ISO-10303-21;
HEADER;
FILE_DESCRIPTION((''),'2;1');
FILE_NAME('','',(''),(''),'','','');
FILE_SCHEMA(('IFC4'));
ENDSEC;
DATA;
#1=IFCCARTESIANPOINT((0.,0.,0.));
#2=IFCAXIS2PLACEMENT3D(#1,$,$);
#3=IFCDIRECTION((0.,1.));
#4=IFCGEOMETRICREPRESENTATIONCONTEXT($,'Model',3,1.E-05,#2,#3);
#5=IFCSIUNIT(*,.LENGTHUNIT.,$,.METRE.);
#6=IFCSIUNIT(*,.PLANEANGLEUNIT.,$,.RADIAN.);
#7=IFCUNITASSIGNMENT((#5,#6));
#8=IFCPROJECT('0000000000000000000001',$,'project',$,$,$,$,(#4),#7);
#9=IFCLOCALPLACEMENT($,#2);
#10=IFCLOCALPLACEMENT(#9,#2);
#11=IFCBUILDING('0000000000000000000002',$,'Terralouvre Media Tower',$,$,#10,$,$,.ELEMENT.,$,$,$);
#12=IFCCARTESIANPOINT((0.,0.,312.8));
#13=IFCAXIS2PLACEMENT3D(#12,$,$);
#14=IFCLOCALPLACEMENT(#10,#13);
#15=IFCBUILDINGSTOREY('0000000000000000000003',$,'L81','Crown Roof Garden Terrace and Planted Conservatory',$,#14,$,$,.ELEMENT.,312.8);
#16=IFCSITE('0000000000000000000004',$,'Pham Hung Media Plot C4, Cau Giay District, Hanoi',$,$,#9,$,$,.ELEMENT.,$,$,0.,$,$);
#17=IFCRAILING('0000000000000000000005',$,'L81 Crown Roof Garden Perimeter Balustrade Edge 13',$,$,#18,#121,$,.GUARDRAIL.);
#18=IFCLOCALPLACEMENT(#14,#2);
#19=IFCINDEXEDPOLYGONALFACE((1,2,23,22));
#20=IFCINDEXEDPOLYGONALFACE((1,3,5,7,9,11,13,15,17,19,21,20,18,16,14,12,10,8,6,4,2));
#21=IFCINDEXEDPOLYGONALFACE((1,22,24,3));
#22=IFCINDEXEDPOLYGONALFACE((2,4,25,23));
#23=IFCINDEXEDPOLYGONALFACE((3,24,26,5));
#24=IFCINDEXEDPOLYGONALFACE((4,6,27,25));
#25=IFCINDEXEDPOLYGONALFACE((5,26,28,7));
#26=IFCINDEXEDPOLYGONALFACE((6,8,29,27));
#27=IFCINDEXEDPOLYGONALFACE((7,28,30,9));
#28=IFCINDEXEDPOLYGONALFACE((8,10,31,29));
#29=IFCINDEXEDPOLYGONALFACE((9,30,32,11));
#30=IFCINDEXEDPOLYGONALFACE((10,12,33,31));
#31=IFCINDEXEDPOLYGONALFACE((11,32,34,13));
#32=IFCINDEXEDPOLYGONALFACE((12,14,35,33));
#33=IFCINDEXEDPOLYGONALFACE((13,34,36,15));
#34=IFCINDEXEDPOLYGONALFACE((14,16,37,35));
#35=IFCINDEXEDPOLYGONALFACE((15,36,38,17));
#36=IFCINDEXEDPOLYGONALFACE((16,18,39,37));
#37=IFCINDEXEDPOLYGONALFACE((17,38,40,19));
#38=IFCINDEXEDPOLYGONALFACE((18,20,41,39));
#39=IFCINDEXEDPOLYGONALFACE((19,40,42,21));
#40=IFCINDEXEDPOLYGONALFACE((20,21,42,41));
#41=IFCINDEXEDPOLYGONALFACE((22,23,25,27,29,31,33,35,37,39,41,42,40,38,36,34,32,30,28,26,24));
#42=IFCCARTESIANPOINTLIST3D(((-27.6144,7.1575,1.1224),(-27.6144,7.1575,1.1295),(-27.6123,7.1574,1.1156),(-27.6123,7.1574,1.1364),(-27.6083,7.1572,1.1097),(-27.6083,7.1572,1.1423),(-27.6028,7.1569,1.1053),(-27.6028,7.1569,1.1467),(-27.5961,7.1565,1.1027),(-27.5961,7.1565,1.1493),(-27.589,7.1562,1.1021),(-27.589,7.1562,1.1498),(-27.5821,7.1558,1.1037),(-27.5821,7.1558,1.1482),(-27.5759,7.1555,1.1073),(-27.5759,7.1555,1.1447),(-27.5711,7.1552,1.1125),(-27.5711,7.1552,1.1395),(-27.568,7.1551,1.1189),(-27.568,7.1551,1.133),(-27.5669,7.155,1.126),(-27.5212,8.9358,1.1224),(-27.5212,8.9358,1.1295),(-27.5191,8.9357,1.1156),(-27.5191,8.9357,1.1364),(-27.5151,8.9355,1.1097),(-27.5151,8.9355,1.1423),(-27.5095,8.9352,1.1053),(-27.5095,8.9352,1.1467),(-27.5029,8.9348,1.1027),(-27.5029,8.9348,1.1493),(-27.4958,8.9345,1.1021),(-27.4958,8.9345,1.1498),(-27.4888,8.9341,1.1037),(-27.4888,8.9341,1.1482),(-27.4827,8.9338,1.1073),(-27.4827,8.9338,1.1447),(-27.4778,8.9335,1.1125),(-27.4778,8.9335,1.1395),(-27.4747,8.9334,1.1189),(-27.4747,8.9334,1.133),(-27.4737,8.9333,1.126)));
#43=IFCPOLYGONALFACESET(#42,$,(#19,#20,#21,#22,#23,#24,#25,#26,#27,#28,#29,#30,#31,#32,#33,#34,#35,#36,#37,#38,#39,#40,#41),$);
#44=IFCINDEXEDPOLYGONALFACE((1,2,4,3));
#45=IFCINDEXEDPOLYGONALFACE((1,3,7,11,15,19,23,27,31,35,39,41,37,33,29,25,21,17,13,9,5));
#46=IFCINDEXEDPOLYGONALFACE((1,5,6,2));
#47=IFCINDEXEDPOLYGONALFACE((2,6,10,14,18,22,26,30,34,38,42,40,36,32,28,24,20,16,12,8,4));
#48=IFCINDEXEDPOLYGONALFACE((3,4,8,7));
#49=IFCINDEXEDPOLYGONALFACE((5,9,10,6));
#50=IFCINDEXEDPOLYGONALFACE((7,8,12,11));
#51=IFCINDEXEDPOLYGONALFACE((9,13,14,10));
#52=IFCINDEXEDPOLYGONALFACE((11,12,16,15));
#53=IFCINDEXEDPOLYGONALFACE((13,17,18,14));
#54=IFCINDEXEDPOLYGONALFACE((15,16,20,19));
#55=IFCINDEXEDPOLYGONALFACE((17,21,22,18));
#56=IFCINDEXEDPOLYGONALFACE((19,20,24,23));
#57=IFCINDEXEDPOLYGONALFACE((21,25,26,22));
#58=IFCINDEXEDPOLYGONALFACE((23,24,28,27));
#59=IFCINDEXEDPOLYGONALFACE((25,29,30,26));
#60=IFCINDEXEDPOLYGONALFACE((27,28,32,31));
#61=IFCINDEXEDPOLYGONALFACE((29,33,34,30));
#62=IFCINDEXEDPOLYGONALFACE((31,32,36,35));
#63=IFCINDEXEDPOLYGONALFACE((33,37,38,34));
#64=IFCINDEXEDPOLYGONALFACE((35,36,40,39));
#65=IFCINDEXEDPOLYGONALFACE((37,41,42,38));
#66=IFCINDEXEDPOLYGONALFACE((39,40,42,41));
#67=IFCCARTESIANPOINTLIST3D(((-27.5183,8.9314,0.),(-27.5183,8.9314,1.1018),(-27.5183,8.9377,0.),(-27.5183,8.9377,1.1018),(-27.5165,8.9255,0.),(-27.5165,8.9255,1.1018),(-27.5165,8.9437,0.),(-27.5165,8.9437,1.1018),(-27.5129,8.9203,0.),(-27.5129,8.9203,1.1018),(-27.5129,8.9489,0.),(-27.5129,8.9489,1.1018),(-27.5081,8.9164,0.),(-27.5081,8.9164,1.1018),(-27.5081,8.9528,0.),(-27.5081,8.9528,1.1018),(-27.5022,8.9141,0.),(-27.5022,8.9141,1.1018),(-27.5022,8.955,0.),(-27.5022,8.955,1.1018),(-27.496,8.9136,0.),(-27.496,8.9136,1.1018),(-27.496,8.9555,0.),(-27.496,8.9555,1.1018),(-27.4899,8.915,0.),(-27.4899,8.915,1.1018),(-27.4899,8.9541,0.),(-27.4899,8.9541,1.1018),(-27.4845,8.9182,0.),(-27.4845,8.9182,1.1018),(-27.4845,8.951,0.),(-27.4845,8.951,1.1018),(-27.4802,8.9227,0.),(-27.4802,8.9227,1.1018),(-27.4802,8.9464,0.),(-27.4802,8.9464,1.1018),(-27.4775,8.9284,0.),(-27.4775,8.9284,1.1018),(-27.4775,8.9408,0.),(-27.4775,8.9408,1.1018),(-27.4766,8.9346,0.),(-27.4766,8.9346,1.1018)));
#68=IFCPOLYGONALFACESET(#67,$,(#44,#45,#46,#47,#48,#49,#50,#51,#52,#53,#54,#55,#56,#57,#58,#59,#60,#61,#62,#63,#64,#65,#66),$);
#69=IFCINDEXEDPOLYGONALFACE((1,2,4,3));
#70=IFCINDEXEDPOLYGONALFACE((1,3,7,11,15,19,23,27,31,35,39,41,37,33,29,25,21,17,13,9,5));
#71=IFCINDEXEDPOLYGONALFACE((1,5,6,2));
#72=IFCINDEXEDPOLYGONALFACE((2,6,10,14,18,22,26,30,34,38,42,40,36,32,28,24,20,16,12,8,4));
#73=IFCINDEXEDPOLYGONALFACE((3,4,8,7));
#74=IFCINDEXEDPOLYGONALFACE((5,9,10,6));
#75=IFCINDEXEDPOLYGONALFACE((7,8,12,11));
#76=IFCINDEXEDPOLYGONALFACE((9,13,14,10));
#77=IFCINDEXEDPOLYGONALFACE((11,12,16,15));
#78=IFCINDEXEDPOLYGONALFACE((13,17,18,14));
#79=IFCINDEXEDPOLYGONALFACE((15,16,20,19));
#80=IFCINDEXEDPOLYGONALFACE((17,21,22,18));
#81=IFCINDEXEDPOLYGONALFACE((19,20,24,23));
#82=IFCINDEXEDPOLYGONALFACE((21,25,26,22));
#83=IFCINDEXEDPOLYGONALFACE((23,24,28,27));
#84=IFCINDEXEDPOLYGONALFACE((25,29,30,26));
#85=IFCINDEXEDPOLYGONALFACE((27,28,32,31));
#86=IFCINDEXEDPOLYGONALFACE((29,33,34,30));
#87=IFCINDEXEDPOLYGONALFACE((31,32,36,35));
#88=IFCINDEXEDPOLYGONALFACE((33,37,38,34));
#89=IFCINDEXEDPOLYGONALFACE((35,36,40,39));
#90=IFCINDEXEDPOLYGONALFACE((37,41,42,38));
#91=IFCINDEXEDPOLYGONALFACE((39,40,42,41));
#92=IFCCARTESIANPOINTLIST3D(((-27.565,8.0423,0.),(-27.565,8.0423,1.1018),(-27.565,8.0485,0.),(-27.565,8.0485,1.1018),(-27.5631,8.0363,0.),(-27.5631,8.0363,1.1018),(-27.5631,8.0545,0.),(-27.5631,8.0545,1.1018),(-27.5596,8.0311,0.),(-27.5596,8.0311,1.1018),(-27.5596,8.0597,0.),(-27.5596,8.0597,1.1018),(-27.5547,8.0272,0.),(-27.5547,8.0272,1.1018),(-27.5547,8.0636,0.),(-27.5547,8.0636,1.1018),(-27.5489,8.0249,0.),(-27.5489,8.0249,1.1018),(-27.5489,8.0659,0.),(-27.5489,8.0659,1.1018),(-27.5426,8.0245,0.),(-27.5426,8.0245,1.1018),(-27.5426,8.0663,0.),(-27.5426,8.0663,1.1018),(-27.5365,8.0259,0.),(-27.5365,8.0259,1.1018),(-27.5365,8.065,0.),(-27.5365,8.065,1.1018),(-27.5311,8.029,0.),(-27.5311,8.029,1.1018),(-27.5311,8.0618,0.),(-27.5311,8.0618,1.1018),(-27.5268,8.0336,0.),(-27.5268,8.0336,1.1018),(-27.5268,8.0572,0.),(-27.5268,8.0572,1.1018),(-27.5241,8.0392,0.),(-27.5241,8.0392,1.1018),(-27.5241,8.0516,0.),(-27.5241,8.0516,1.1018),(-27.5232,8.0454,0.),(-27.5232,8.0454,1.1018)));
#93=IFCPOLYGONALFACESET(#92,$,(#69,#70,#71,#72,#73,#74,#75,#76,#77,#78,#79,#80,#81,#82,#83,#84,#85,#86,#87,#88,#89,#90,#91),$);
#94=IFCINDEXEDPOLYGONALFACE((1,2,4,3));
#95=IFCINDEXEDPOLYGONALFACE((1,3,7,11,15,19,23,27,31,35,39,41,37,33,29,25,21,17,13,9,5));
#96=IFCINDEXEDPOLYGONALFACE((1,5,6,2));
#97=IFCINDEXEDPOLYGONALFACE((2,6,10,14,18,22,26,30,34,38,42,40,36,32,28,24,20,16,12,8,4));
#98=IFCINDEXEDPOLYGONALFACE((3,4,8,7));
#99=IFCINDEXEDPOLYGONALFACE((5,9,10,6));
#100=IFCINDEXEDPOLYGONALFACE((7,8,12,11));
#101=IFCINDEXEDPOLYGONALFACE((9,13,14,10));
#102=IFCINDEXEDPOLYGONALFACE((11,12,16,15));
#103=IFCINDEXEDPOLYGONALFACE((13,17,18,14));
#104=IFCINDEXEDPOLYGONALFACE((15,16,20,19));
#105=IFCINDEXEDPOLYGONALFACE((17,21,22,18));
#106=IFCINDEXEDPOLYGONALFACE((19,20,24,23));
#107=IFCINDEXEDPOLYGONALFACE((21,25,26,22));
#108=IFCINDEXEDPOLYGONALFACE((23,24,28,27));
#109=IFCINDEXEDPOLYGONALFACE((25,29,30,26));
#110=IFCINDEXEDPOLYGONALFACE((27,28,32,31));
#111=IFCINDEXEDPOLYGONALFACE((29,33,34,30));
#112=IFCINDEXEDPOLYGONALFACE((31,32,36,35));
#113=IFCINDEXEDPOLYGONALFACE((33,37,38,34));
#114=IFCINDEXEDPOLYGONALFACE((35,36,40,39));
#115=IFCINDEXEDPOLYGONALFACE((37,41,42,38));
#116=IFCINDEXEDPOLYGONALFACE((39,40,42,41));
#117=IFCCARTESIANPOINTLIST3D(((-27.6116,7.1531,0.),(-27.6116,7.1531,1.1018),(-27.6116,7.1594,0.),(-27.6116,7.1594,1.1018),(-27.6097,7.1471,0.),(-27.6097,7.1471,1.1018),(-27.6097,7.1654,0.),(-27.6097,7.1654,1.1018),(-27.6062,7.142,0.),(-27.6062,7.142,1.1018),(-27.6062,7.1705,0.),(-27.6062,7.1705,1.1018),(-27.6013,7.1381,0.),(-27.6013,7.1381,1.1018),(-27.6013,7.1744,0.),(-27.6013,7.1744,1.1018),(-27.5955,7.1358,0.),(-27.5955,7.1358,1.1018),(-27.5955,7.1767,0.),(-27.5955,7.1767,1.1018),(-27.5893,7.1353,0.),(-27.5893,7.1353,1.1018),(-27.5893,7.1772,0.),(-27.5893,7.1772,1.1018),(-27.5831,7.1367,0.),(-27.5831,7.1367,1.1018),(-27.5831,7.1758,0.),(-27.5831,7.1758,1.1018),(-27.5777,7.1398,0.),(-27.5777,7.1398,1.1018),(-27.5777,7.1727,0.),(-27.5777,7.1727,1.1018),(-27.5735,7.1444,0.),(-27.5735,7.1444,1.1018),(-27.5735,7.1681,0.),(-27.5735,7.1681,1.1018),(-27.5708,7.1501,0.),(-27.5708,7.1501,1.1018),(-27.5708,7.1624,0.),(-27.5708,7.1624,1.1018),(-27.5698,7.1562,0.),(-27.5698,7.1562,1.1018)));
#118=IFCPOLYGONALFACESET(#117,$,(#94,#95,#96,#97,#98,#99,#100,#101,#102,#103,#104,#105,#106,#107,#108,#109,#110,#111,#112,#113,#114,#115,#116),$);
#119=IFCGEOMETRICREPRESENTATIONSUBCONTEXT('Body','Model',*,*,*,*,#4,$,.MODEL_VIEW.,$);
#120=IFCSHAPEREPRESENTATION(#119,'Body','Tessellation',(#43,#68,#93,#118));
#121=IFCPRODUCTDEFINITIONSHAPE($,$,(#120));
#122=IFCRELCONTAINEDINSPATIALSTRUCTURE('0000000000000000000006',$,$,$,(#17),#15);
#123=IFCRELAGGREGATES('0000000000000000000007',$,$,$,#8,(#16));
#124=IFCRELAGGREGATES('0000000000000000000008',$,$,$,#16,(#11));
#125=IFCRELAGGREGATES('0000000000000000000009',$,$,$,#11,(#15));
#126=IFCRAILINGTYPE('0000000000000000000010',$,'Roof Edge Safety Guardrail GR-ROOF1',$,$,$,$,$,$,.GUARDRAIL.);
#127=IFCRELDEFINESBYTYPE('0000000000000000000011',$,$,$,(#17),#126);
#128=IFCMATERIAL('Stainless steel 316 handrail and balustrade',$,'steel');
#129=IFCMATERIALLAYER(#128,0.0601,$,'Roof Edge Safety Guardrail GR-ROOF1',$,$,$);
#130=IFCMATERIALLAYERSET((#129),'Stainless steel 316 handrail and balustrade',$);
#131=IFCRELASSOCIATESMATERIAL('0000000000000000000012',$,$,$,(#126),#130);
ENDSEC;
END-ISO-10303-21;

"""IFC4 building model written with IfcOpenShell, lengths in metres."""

from ifc_helpers import new_model, si_unit, direction, frame, origin, origin_2d, place, context, subcontext, project, spatial, circle, extrude, material, layer, layer_set, type_object, element, save


model = new_model("IFC4")

# Units and contexts
model_context = context("Model", 3, precision=1e-05, world=origin(), true_north=direction((0.0, 1.0)))
body_context = subcontext(model_context, "Body", "Model", "MODEL_VIEW")
ifc_project = project(units=[si_unit("LENGTHUNIT", "METRE"), si_unit("PLANEANGLEUNIT", "RADIAN")], contexts=[model_context])

# Site, building, storey
site_placement = place(None, origin())
site = spatial("IfcSite", under=ifc_project, at=site_placement, Name="Pham Hung Media Plot C4, Cau Giay District, Hanoi", CompositionType="ELEMENT", RefElevation=0.0)
building_placement = place(site_placement, origin())
building = spatial("IfcBuilding", under=site, at=building_placement, Name="Terralouvre Media Tower", CompositionType="ELEMENT")
storey_placement = place(building_placement, frame((0.0, 0.0, 312.8)))
storey = spatial("IfcBuildingStorey", under=building, at=storey_placement, Name="L81", Description="Crown Roof Garden Terrace and Planted Conservatory", CompositionType="ELEMENT", Elevation=312.8)

# Railing
ifc_material_1 = material(Name="Stainless steel 316 handrail and balustrade", Category="steel")
ifc_layer_1 = layer(ifc_material_1, 0.0601, Name="Roof Edge Safety Guardrail GR-ROOF1")
ifc_layer_set_1 = layer_set([ifc_layer_1], Name="Stainless steel 316 handrail and balustrade")
railing_type = type_object("IfcRailingType", Name="Roof Edge Safety Guardrail GR-ROOF1", PredefinedType="GUARDRAIL", material=ifc_layer_set_1)
railing_1_placement = place(storey_placement, frame((-27.4976, 8.9346, 0.0)))
element("IfcRailing", 1, at=railing_1_placement, inside=storey, type_object=railing_type, Name="L81 Crown Roof Garden Perimeter Balustrade Edge 13", PredefinedType="GUARDRAIL", context=body_context, shape_type="SweptSolid", body=[
    extrude(circle(Radius=0.0239, at=origin_2d()), frame((0.0, 0.0, 1.126), z_axis=(-0.052372, -0.998628, 0.0), x_axis=(0.998628, -0.052372, 0.0)), (0.0, 0.0, 1.0), 1.7808),
    extrude(circle(Radius=0.021, at=origin_2d()), origin(), (0.0, 0.0, 1.0), 1.1018),
    extrude(circle(Radius=0.021, at=origin_2d()), frame((-0.0466, -0.8892, 0.0)), (0.0, 0.0, 1.0), 1.1018),
    extrude(circle(Radius=0.021, at=origin_2d()), frame((-0.0933, -1.7783, 0.0)), (0.0, 0.0, 1.0), 1.1018),
])

save(model, "model.ifc")
